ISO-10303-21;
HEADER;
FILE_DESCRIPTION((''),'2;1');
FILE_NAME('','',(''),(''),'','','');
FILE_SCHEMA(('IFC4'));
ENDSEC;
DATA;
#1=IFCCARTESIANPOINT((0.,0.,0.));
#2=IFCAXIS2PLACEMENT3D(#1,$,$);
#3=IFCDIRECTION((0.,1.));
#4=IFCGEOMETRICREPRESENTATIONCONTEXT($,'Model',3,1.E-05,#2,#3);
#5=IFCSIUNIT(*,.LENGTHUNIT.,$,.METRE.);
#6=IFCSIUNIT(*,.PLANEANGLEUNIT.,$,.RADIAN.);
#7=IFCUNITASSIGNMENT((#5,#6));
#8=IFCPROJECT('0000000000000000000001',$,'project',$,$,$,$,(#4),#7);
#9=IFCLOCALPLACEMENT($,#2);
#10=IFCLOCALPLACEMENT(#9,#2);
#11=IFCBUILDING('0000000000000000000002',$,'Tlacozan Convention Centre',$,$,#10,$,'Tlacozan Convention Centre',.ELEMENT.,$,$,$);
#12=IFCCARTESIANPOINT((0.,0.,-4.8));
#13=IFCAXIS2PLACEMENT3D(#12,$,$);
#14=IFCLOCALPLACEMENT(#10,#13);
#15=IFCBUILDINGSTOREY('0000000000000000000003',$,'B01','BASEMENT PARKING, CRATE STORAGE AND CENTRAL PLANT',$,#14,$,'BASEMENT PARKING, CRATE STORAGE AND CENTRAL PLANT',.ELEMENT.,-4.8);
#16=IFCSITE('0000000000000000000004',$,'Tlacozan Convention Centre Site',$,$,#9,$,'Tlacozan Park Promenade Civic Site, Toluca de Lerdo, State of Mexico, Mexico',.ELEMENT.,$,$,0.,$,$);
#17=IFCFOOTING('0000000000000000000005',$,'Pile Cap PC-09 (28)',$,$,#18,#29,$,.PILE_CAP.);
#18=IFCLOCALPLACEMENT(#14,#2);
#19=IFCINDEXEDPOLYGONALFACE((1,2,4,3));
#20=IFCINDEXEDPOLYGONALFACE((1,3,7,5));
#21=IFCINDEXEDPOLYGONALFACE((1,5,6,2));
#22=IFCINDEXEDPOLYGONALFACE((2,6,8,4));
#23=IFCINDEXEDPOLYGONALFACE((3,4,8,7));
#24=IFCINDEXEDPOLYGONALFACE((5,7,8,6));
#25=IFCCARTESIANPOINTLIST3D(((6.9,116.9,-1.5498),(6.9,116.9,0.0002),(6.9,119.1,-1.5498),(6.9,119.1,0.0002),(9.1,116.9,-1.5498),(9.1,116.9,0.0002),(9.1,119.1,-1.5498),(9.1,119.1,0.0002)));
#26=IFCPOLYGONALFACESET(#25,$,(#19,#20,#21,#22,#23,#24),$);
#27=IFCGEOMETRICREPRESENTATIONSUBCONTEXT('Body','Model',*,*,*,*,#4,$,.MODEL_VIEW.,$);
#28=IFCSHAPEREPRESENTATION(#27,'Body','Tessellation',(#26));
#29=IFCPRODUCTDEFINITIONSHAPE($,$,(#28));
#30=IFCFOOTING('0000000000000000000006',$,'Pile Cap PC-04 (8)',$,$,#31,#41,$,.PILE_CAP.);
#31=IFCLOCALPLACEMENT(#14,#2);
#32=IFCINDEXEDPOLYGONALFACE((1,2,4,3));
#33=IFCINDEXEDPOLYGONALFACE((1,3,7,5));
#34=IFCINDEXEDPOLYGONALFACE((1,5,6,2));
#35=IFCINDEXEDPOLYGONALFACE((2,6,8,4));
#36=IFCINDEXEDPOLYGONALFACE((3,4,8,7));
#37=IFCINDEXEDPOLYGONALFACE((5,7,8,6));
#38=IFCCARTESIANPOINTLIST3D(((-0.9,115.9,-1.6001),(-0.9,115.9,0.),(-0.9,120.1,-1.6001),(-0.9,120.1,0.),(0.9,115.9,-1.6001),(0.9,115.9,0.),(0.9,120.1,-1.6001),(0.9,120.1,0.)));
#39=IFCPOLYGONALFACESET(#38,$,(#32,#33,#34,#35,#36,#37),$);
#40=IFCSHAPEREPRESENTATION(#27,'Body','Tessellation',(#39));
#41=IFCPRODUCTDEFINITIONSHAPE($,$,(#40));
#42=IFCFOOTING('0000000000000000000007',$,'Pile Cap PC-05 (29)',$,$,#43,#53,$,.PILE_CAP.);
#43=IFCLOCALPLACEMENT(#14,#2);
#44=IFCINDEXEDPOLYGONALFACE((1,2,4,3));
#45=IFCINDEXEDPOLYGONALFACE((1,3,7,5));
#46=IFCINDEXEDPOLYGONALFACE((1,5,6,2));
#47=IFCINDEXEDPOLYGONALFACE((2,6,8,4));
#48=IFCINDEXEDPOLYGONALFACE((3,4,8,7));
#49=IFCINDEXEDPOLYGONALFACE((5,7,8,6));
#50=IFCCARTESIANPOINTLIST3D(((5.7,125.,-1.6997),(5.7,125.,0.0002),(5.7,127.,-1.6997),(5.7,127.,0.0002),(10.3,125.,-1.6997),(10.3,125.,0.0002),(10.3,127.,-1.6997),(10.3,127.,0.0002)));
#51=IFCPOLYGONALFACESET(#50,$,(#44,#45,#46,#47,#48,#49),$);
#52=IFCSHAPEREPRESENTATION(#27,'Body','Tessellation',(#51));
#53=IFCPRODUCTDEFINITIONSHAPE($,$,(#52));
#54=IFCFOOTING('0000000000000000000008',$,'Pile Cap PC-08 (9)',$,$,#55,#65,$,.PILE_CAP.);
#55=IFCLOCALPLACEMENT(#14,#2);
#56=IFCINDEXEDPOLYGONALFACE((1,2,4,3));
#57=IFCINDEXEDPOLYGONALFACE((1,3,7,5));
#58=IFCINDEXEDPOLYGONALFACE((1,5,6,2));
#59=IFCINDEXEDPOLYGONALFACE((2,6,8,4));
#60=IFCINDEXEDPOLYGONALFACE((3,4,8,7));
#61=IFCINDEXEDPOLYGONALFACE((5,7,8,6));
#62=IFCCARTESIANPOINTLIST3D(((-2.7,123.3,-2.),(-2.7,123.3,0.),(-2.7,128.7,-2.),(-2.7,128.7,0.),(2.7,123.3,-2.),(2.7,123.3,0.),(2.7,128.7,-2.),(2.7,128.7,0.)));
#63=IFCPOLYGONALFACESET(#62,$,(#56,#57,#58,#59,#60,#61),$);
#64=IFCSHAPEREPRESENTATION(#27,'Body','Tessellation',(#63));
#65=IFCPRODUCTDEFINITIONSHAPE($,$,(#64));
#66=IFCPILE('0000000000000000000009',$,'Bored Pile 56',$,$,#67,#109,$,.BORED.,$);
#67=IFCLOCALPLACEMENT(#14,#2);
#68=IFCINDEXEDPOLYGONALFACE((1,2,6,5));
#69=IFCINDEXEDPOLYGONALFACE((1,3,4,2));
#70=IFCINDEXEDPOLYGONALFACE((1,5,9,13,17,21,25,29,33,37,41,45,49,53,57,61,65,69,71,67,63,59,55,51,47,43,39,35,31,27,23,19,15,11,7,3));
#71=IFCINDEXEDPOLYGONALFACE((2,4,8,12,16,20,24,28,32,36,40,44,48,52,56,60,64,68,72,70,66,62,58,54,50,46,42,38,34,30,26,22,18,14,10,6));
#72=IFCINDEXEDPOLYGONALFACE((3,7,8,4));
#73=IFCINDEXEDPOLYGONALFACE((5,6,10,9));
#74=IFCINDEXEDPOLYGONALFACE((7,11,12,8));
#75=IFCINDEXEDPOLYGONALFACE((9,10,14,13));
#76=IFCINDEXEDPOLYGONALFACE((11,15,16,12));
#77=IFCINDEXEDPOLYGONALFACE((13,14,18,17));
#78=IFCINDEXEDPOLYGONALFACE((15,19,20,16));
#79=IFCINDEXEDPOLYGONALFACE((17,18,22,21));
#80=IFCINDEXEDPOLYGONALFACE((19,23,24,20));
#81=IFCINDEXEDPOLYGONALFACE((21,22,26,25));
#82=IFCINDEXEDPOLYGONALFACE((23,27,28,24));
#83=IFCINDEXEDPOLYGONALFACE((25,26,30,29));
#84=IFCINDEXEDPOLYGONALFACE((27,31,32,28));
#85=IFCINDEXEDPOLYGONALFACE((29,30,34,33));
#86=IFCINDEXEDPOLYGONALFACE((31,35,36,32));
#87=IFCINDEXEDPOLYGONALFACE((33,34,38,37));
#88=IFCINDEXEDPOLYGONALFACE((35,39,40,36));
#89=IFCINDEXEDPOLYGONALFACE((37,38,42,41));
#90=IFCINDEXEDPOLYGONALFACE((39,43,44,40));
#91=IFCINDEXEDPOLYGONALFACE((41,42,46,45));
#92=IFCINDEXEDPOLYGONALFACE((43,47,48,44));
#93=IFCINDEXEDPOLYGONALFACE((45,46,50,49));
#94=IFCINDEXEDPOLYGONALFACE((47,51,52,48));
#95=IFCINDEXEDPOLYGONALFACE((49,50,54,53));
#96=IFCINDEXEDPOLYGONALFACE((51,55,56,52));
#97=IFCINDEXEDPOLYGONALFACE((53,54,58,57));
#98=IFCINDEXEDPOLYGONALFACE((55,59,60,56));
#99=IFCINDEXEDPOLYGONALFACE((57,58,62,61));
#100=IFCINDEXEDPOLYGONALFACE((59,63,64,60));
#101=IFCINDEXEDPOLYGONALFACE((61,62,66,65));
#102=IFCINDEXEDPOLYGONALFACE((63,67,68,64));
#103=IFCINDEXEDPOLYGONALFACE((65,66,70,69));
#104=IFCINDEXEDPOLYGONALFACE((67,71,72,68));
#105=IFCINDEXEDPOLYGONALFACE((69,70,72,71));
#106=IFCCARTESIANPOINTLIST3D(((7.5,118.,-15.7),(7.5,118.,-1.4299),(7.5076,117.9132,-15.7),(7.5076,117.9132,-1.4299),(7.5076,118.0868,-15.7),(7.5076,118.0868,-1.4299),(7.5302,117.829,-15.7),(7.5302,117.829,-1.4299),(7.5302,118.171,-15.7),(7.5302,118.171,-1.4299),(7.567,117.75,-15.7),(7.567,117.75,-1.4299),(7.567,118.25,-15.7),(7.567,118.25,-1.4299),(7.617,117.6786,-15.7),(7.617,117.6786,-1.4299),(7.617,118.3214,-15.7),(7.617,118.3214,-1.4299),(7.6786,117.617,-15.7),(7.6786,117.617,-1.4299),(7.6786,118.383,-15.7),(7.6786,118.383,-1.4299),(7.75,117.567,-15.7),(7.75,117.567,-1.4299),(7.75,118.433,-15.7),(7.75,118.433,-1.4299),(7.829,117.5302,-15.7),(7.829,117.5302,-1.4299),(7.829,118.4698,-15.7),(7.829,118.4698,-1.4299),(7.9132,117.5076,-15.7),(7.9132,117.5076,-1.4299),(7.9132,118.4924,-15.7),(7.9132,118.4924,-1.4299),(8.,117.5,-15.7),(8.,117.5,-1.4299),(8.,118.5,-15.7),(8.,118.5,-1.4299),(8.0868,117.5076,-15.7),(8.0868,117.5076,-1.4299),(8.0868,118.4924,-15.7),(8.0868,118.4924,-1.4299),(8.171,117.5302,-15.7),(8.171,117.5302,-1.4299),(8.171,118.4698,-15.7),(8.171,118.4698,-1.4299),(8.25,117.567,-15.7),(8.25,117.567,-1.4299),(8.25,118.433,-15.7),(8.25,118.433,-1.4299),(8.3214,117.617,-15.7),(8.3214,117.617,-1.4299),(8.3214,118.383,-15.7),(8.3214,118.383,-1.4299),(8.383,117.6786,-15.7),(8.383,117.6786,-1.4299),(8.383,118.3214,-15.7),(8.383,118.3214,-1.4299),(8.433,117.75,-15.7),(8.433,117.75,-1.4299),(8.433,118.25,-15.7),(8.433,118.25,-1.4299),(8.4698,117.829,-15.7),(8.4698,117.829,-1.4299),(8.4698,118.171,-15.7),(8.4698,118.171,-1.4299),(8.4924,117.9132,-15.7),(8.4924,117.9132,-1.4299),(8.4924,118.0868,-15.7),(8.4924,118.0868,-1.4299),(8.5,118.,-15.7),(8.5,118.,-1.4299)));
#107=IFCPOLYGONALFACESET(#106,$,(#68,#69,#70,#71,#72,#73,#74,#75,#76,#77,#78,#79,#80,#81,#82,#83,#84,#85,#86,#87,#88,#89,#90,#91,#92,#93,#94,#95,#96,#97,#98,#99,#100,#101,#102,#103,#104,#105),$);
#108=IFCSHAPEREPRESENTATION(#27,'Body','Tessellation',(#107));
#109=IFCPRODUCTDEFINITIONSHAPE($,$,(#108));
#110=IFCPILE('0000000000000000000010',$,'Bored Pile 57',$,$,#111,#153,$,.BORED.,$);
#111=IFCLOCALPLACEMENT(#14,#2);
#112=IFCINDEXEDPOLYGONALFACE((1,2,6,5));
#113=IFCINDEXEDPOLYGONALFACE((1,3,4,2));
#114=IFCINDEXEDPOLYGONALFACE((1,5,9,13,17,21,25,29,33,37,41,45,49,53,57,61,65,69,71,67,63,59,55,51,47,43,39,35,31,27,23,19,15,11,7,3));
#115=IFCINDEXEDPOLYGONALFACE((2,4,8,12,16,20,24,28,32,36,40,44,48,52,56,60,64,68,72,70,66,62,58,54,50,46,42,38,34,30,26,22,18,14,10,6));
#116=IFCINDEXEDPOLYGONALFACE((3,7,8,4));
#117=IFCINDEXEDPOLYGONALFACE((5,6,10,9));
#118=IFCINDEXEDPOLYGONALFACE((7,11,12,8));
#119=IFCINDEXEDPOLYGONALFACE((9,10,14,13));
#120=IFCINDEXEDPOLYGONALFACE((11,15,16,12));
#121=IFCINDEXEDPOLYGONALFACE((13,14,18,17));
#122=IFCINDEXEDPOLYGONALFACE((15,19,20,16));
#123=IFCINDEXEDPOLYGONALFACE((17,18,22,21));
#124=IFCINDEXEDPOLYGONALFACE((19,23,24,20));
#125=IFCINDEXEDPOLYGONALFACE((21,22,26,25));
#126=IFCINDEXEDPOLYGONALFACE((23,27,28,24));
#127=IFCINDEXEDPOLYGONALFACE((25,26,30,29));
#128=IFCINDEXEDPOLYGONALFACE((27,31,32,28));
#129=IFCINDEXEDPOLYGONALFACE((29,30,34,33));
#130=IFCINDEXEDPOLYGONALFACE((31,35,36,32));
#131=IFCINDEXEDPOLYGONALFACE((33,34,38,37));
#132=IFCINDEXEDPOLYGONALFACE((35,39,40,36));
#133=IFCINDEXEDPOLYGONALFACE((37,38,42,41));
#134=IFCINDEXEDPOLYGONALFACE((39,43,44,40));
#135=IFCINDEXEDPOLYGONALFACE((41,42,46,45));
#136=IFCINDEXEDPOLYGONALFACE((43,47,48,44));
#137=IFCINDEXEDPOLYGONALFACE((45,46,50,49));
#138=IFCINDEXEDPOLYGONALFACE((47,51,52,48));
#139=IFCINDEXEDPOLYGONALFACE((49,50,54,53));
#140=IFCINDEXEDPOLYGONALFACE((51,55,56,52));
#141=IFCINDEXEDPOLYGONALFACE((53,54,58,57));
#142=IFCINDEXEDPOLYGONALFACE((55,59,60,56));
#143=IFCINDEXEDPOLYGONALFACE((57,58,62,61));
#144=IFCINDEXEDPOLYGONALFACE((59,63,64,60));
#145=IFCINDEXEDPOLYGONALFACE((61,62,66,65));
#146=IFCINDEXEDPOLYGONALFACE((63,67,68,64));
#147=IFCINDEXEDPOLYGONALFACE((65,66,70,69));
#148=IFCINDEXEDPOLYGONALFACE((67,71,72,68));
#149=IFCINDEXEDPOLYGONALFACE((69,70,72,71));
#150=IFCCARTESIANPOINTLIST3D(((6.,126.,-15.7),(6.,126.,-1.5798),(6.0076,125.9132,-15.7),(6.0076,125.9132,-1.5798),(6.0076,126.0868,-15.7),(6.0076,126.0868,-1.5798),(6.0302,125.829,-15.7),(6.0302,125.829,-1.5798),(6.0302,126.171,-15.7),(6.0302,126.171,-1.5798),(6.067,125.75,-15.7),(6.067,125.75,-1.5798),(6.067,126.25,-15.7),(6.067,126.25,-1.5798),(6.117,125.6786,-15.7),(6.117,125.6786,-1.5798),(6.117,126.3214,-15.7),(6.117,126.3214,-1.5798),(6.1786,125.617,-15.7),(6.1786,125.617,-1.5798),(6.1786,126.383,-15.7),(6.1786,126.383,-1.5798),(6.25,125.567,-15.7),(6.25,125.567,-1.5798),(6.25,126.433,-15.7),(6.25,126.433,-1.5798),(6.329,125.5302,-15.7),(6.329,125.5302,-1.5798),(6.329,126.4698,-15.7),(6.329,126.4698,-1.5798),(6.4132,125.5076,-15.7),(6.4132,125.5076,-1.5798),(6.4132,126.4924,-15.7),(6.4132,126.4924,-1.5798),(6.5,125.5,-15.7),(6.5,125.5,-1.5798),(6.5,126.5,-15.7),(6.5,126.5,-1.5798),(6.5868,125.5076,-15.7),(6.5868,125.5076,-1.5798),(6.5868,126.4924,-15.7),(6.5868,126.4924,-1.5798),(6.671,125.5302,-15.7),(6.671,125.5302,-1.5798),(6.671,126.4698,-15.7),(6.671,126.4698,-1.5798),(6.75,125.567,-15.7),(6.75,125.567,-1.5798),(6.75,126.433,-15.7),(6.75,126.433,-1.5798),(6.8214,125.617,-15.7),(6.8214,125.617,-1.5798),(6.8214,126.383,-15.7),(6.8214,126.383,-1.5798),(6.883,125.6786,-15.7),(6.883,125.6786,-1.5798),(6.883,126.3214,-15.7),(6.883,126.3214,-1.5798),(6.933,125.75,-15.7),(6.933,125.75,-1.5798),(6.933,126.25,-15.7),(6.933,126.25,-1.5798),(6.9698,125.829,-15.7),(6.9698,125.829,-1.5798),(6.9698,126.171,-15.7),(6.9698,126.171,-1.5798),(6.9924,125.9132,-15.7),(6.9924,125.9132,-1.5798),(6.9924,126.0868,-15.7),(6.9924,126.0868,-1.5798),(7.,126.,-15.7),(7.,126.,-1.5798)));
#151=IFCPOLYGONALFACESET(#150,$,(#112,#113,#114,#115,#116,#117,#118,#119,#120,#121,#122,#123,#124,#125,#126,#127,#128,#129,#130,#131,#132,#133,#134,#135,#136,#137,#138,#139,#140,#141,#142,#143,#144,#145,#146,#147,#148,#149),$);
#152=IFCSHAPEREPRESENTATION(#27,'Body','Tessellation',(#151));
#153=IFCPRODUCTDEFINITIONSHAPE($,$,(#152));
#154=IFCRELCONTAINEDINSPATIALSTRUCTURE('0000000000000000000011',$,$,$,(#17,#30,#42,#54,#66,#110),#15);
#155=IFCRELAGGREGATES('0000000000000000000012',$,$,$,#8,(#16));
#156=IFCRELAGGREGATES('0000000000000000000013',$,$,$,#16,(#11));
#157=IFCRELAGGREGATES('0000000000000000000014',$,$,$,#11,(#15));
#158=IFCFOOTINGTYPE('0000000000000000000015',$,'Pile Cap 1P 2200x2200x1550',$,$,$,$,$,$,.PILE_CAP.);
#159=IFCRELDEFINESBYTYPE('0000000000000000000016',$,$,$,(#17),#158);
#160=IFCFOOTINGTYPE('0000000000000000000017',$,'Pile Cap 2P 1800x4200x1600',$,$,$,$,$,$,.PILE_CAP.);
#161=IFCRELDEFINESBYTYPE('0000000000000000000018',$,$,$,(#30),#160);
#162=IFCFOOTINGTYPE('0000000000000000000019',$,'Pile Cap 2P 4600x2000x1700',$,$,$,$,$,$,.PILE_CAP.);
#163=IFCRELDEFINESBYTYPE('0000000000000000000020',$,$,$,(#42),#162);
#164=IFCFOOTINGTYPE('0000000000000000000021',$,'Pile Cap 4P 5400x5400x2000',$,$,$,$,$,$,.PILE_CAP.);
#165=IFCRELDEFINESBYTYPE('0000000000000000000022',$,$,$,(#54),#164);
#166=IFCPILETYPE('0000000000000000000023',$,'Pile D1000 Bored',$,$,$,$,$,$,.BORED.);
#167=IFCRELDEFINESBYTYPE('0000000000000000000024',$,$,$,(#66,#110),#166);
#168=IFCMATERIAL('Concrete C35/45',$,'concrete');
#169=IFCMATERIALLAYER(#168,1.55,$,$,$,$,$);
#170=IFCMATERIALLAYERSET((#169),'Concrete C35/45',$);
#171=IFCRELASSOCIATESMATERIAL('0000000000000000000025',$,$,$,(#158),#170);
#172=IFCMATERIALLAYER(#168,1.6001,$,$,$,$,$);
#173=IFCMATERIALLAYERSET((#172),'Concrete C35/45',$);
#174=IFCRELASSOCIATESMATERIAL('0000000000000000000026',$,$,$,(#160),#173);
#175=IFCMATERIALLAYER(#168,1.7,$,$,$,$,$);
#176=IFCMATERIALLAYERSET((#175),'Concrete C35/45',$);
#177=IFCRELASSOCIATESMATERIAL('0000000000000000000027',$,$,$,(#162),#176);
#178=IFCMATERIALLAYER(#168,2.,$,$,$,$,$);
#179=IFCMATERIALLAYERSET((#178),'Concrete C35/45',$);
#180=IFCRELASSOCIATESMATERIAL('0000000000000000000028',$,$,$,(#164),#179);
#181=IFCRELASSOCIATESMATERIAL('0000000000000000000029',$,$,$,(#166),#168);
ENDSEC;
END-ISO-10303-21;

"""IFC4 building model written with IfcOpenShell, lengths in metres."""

from ifc_helpers import new_model, si_unit, direction, frame, origin, origin_2d, place, context, subcontext, project, spatial, rectangle, circle, extrude, material, layer, layer_set, material_profile, profile_set, type_object, element, save


model = new_model("IFC4")

# Units and contexts
model_context = context("Model", 3, precision=1e-05, world=origin(), true_north=direction((0.0, 1.0)))
body_context = subcontext(model_context, "Body", "Model", "MODEL_VIEW")
ifc_project = project(units=[si_unit("LENGTHUNIT", "METRE"), si_unit("PLANEANGLEUNIT", "RADIAN")], contexts=[model_context])

# Site, building, storey
site_placement = place(None, origin())
site = spatial("IfcSite", under=ifc_project, at=site_placement, Name="Tlacozan Convention Centre Site", LongName="Tlacozan Park Promenade Civic Site, Toluca de Lerdo, State of Mexico, Mexico", CompositionType="ELEMENT", RefElevation=0.0)
building_placement = place(site_placement, origin())
building = spatial("IfcBuilding", under=site, at=building_placement, Name="Tlacozan Convention Centre", LongName="Tlacozan Convention Centre", CompositionType="ELEMENT")
storey_placement = place(building_placement, frame((0.0, 0.0, -4.8)))
storey = spatial("IfcBuildingStorey", under=building, at=storey_placement, Name="B01", Description="BASEMENT PARKING, CRATE STORAGE AND CENTRAL PLANT", LongName="BASEMENT PARKING, CRATE STORAGE AND CENTRAL PLANT", CompositionType="ELEMENT", Elevation=-4.8)

# Footings
ifc_material_1 = material(Name="Concrete C35/45", Category="concrete")
ifc_layer_1 = layer(ifc_material_1, 1.55)
ifc_layer_set_1 = layer_set([ifc_layer_1], Name="Concrete C35/45")
footing_type_1 = type_object("IfcFootingType", Name="Pile Cap 1P 2200x2200x1550", PredefinedType="PILE_CAP", material=ifc_layer_set_1)
footing_1_placement = place(storey_placement, frame((8.0, 118.0, -1.5498), z_axis=(0.0, 0.0, 1.0), x_axis=(1.0, 0.0, 0.0)))
element("IfcFooting", 1, at=footing_1_placement, inside=storey, type_object=footing_type_1, Name="Pile Cap PC-09 (28)", PredefinedType="PILE_CAP", context=body_context, shape_type="SweptSolid", body=[
    extrude(rectangle(XDim=2.2, YDim=2.2, at=origin_2d()), origin(), (0.0, 0.0, 1.0), 1.55),
])
ifc_layer_2 = layer(ifc_material_1, 1.6001)
ifc_layer_set_2 = layer_set([ifc_layer_2], Name="Concrete C35/45")
footing_type_2 = type_object("IfcFootingType", Name="Pile Cap 2P 1800x4200x1600", PredefinedType="PILE_CAP", material=ifc_layer_set_2)
footing_2_placement = place(storey_placement, frame((0.0, 118.0, -1.6001), z_axis=(0.0, 0.0, 1.0), x_axis=(1.0, 0.0, 0.0)))
element("IfcFooting", 2, at=footing_2_placement, inside=storey, type_object=footing_type_2, Name="Pile Cap PC-04 (8)", PredefinedType="PILE_CAP", context=body_context, shape_type="SweptSolid", body=[
    extrude(rectangle(XDim=1.8, YDim=4.2, at=origin_2d()), origin(), (0.0, 0.0, 1.0), 1.6001),
])
ifc_layer_3 = layer(ifc_material_1, 1.7)
ifc_layer_set_3 = layer_set([ifc_layer_3], Name="Concrete C35/45")
footing_type_3 = type_object("IfcFootingType", Name="Pile Cap 2P 4600x2000x1700", PredefinedType="PILE_CAP", material=ifc_layer_set_3)
footing_3_placement = place(storey_placement, frame((8.0, 126.0, -1.6997), z_axis=(0.0, 0.0, 1.0), x_axis=(1.0, 0.0, 0.0)))
element("IfcFooting", 3, at=footing_3_placement, inside=storey, type_object=footing_type_3, Name="Pile Cap PC-05 (29)", PredefinedType="PILE_CAP", context=body_context, shape_type="SweptSolid", body=[
    extrude(rectangle(XDim=4.6001, YDim=2.0, at=origin_2d()), origin(), (0.0, 0.0, 1.0), 1.7),
])
ifc_layer_4 = layer(ifc_material_1, 2.0)
ifc_layer_set_4 = layer_set([ifc_layer_4], Name="Concrete C35/45")
footing_type_4 = type_object("IfcFootingType", Name="Pile Cap 4P 5400x5400x2000", PredefinedType="PILE_CAP", material=ifc_layer_set_4)
footing_4_placement = place(storey_placement, frame((0.0, 126.0, -2.0), z_axis=(0.0, 0.0, 1.0), x_axis=(1.0, 0.0, 0.0)))
element("IfcFooting", 4, at=footing_4_placement, inside=storey, type_object=footing_type_4, Name="Pile Cap PC-08 (9)", PredefinedType="PILE_CAP", context=body_context, shape_type="SweptSolid", body=[
    extrude(rectangle(XDim=5.3999, YDim=5.3999, at=origin_2d()), origin(), (0.0, 0.0, 1.0), 2.0),
])

# Piles
ifc_material_profile_1 = material_profile(ifc_material_1, circle(Radius=0.5, at=origin_2d()), Name="PILE D1000")
ifc_profile_set_1 = profile_set([ifc_material_profile_1], Name="Concrete C35/45")
pile_type_1 = type_object("IfcPileType", Name="Pile D1000 Bored", PredefinedType="BORED", material=ifc_profile_set_1)
pile_1_placement = place(storey_placement, frame((8.0, 118.0, -1.4299), z_axis=(0.0, 0.0, -1.0), x_axis=(1.0, 0.0, 0.0)))
element("IfcPile", 5, at=pile_1_placement, inside=storey, type_object=pile_type_1, Name="Bored Pile 56", PredefinedType="BORED", context=body_context, shape_type="SweptSolid", body=[
    extrude(circle(Radius=0.5, at=origin_2d()), origin(), (0.0, 0.0, 1.0), 14.27),
])
pile_2_placement = place(storey_placement, frame((6.5, 126.0, -1.5798), z_axis=(0.0, 0.0, -1.0), x_axis=(1.0, 0.0, 0.0)))
element("IfcPile", 6, at=pile_2_placement, inside=storey, type_object=pile_type_1, Name="Bored Pile 57", PredefinedType="BORED", context=body_context, shape_type="SweptSolid", body=[
    extrude(circle(Radius=0.5, at=origin_2d()), origin(), (0.0, 0.0, 1.0), 14.1201),
])

save(model, "model.ifc")
